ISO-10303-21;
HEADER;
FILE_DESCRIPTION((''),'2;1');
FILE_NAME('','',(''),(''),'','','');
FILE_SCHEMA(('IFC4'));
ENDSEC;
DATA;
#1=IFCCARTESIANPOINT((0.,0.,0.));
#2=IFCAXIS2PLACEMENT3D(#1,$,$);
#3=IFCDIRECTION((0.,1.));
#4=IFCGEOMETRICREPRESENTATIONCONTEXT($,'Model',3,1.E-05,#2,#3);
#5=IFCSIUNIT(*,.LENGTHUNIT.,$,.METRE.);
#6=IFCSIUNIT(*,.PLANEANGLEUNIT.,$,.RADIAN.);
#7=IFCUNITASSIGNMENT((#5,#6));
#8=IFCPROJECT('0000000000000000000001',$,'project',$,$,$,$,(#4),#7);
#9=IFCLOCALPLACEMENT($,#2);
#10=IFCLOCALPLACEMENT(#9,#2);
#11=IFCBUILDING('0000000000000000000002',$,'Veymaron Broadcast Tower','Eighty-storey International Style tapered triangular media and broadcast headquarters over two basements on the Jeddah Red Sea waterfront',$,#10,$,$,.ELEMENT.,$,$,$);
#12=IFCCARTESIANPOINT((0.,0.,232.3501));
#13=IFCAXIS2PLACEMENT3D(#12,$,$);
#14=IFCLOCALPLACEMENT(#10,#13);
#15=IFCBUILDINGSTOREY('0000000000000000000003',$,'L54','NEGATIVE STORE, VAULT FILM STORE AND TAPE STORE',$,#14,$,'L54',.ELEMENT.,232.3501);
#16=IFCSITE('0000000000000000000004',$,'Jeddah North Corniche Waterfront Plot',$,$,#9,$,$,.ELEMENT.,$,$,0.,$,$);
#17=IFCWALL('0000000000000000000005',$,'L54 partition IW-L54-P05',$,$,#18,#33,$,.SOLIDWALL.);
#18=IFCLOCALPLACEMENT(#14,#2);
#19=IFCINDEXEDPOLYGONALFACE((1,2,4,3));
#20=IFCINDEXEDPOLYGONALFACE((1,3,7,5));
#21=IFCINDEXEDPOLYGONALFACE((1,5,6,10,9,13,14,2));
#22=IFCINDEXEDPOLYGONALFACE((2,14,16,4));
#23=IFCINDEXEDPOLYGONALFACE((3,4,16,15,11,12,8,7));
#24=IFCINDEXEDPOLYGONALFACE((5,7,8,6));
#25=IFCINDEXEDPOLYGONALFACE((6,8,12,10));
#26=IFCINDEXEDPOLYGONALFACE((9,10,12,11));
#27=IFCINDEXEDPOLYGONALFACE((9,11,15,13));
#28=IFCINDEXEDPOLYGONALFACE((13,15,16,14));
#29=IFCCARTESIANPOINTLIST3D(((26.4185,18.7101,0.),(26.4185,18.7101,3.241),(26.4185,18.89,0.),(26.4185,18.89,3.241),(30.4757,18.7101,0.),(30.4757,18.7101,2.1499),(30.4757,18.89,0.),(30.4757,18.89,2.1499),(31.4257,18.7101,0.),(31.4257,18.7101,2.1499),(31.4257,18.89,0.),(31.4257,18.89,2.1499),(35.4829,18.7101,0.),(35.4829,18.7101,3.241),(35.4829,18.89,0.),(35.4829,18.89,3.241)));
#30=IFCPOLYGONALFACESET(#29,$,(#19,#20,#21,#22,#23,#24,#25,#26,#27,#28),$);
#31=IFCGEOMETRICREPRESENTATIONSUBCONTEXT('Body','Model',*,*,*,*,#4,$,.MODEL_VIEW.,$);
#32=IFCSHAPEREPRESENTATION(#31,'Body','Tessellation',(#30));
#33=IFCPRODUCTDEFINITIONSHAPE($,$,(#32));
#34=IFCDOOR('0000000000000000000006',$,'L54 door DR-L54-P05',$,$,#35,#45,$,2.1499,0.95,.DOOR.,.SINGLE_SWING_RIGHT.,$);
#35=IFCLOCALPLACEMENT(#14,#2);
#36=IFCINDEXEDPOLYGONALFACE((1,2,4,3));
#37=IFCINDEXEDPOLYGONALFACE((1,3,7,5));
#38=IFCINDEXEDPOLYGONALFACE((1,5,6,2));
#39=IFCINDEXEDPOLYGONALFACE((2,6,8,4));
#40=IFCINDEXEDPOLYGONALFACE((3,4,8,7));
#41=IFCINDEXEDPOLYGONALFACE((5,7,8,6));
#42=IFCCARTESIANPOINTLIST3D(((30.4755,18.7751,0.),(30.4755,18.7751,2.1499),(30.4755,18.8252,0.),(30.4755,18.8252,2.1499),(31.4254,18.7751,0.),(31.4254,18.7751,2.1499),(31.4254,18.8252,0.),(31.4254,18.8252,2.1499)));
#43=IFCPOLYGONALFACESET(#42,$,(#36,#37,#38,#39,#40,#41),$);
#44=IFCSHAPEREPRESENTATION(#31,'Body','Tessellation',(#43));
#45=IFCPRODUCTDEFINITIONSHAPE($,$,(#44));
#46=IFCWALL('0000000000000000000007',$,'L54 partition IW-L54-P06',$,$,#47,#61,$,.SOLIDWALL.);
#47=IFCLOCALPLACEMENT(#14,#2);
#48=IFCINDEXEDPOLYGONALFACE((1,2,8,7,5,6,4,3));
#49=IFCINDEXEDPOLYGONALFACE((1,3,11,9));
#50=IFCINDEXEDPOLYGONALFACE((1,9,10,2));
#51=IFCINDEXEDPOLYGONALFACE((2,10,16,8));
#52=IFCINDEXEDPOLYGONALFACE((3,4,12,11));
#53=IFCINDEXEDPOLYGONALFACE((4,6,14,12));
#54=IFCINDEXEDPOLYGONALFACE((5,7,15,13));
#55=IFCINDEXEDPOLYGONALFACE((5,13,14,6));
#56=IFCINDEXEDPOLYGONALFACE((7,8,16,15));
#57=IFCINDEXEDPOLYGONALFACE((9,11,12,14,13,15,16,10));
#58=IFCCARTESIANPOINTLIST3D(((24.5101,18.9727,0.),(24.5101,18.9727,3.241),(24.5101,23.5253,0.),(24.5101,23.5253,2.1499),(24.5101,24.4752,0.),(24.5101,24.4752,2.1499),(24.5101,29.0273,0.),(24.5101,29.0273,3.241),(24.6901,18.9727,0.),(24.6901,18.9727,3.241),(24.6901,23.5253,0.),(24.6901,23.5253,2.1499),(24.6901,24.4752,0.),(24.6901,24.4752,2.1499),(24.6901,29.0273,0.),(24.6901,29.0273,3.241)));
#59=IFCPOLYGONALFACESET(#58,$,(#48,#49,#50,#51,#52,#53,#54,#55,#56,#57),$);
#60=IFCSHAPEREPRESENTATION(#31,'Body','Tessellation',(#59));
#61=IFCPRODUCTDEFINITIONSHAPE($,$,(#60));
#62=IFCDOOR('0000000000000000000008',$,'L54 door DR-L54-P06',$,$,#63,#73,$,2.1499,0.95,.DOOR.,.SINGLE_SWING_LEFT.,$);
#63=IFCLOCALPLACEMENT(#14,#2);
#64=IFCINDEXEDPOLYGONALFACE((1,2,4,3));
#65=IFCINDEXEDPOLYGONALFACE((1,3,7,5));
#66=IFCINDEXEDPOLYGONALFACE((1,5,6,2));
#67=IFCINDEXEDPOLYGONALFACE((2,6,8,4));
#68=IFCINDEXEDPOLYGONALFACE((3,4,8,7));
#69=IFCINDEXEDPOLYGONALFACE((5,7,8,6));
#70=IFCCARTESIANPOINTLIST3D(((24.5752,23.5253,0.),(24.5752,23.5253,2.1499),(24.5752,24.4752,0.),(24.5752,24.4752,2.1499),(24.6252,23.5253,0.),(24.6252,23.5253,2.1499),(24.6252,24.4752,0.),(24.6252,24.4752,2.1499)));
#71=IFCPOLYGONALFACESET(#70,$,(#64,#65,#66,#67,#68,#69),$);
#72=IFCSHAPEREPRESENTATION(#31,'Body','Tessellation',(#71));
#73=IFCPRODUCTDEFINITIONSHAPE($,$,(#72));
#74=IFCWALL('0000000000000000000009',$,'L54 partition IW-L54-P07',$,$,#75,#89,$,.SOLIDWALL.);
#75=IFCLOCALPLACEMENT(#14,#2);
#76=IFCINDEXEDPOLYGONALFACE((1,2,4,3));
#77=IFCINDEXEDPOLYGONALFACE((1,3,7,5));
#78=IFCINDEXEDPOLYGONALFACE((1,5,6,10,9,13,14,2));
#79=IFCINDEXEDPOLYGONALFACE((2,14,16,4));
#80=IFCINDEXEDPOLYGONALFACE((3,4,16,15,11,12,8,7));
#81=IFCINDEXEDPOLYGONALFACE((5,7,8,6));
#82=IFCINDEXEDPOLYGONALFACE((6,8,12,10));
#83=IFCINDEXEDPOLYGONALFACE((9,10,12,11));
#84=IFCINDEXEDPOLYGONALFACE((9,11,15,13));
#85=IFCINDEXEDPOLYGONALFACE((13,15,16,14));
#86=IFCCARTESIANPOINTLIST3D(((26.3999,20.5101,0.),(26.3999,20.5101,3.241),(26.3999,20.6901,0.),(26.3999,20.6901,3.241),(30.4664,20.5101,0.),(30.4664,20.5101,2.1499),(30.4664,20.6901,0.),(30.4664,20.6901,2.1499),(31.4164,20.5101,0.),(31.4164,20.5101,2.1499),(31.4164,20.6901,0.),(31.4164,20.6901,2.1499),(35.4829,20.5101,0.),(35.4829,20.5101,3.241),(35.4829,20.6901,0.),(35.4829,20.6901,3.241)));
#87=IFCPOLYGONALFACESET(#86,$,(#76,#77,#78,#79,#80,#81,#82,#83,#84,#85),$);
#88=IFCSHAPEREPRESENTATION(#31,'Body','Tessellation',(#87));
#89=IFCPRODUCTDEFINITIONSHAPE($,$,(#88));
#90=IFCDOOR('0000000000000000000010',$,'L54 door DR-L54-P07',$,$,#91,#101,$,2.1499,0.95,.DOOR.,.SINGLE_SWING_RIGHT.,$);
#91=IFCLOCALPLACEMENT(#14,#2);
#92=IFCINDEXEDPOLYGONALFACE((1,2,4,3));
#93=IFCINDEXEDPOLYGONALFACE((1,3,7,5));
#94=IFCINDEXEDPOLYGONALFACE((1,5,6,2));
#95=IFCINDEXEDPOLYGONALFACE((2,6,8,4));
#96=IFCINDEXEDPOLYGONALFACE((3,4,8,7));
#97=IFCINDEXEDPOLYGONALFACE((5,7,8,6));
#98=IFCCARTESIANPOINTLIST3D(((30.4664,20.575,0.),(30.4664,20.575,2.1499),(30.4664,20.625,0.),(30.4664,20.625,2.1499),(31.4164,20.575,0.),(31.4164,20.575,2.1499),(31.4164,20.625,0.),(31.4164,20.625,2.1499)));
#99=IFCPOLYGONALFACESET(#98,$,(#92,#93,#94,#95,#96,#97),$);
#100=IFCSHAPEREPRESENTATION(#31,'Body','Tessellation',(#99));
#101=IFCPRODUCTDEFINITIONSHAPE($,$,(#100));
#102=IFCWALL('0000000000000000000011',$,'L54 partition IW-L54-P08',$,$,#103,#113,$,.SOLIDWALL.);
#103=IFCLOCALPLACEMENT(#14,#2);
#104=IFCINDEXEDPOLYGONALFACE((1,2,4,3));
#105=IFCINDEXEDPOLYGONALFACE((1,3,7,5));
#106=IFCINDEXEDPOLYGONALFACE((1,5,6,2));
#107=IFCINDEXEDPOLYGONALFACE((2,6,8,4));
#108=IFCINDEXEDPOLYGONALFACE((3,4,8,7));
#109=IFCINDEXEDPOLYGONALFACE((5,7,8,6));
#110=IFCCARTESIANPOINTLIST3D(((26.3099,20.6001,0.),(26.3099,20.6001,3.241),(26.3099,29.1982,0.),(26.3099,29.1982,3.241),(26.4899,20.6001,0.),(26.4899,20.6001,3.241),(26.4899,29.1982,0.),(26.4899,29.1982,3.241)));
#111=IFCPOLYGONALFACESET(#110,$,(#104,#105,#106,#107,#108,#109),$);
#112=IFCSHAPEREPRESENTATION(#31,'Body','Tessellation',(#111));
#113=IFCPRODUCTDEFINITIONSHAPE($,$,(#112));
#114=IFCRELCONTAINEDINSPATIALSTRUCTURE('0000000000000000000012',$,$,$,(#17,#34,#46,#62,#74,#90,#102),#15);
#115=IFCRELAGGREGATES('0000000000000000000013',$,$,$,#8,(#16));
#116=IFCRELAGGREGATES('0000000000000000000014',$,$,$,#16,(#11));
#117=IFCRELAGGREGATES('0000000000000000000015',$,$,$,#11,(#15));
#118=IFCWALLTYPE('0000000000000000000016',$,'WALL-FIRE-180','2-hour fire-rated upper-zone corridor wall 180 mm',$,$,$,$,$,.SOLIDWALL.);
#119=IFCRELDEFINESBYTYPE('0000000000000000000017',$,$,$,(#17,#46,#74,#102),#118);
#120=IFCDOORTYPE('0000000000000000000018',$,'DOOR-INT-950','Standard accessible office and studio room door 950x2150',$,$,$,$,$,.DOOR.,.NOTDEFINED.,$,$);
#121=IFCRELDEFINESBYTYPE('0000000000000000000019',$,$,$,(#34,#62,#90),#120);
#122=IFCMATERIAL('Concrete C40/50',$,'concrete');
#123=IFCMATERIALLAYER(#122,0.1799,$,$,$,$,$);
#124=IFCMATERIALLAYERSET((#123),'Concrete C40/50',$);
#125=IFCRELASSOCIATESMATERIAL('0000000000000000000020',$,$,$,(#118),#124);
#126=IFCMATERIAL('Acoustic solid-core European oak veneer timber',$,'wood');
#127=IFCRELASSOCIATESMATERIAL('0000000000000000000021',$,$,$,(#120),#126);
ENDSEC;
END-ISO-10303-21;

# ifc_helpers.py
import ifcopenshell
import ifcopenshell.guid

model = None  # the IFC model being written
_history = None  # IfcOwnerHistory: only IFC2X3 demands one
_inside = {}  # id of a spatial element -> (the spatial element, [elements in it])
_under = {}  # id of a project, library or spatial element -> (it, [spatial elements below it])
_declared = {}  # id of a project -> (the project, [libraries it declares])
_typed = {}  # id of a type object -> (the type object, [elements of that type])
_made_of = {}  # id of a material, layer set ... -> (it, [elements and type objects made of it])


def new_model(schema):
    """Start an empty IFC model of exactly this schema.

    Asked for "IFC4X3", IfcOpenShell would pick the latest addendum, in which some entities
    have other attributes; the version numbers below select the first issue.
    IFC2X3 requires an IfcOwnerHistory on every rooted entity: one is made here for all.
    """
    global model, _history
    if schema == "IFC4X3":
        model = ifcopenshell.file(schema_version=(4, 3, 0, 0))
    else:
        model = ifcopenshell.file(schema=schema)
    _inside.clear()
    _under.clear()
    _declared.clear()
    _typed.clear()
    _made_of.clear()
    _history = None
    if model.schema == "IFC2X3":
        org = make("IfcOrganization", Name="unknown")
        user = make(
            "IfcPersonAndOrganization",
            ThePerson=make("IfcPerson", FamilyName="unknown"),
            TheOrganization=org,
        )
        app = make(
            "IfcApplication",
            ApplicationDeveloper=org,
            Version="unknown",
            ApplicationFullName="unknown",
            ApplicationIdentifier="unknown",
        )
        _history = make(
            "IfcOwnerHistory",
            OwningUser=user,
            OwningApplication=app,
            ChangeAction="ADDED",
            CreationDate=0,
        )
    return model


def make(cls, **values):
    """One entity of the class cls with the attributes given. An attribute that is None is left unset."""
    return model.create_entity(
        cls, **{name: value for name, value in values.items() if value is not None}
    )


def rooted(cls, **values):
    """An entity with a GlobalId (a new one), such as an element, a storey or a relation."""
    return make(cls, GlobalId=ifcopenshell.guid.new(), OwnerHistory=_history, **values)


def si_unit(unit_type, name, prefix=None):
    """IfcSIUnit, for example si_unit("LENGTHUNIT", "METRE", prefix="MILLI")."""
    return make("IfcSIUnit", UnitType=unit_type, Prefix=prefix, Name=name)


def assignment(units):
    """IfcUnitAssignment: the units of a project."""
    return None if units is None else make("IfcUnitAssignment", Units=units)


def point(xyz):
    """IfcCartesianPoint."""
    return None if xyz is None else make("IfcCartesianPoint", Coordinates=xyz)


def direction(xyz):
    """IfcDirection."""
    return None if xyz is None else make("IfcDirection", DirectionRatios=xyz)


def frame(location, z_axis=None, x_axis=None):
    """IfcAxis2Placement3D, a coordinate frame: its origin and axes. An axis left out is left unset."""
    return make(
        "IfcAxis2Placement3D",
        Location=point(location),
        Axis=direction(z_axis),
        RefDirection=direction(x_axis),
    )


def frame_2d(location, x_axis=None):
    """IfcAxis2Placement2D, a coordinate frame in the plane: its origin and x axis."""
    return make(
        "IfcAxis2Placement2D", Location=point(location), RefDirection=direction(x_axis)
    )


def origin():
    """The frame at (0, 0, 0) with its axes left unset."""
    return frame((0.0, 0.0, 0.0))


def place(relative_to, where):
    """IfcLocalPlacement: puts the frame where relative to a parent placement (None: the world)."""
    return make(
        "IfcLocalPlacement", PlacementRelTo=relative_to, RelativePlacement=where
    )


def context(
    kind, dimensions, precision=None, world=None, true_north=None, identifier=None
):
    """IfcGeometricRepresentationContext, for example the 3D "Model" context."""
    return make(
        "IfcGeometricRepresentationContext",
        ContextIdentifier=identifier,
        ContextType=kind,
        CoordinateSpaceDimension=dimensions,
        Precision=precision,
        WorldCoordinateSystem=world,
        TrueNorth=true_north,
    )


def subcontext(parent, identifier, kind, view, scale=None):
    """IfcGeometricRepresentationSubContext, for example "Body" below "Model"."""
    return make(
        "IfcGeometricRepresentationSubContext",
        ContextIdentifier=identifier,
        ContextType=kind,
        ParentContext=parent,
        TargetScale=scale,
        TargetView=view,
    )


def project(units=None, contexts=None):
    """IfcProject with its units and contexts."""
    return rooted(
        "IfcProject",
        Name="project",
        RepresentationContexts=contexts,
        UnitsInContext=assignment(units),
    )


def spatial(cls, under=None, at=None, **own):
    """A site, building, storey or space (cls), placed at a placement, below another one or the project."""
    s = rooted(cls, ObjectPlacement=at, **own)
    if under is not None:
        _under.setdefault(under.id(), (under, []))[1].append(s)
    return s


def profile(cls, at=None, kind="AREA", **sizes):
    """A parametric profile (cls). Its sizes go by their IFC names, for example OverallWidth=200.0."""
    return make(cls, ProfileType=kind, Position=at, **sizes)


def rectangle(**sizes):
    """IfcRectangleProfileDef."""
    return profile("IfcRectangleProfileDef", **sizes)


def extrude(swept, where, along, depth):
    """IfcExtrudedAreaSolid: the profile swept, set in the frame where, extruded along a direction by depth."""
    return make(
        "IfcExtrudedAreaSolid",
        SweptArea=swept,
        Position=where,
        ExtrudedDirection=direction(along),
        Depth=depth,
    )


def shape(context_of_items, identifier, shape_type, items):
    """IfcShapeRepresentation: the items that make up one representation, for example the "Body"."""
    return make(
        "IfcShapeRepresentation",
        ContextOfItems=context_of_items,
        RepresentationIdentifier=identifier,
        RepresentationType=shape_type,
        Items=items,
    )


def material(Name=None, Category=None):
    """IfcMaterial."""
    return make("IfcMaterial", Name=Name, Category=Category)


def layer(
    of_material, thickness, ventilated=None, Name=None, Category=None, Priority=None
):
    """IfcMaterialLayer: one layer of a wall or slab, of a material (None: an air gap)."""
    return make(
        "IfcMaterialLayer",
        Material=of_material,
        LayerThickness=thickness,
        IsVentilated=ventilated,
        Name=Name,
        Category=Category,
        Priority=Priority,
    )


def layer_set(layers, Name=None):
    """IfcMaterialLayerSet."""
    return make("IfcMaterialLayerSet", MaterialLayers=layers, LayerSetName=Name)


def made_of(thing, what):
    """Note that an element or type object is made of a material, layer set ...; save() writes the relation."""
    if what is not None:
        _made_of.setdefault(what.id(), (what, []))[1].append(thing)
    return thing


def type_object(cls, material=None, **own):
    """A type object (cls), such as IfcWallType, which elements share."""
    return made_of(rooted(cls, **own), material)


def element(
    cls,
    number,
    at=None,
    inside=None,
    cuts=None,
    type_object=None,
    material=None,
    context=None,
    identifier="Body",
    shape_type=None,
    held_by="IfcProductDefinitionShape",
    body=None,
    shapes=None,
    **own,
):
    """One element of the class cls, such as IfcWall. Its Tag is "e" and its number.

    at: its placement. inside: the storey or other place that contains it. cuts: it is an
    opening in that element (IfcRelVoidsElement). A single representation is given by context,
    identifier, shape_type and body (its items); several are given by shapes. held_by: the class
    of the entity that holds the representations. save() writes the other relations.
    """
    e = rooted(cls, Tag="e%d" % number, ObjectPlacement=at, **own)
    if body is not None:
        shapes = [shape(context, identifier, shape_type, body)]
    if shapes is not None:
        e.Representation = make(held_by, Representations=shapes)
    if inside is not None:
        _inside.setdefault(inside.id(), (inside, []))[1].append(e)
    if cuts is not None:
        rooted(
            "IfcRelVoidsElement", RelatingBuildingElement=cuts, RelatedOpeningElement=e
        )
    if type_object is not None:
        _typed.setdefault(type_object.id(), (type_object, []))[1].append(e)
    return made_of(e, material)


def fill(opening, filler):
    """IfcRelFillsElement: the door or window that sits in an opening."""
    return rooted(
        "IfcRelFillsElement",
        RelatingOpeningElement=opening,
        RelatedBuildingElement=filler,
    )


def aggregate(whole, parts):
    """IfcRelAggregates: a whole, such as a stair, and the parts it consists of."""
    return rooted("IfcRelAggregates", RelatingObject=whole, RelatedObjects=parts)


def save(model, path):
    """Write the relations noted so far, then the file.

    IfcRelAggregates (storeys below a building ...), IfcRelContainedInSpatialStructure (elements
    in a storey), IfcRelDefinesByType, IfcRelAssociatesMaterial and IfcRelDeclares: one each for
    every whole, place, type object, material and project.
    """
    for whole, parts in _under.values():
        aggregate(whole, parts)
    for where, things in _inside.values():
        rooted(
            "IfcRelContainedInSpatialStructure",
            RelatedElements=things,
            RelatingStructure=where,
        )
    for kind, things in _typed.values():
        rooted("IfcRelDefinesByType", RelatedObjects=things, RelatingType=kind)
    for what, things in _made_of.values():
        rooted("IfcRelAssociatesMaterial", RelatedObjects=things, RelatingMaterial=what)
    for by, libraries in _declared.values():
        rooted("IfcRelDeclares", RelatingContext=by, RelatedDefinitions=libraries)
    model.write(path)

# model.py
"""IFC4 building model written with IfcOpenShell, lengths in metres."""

from ifc_helpers import new_model, si_unit, direction, frame, frame_2d, origin, place, context, subcontext, project, spatial, rectangle, extrude, material, layer, layer_set, type_object, element, fill, save


model = new_model("IFC4")

# Units and contexts
model_context = context("Model", 3, precision=1e-05, world=origin(), true_north=direction((0.0, 1.0)))
body_context = subcontext(model_context, "Body", "Model", "MODEL_VIEW")
ifc_project = project(units=[si_unit("LENGTHUNIT", "METRE"), si_unit("PLANEANGLEUNIT", "RADIAN")], contexts=[model_context])

# Site, building, storey
site_placement = place(None, origin())
site = spatial("IfcSite", under=ifc_project, at=site_placement, Name="Jeddah North Corniche Waterfront Plot", CompositionType="ELEMENT", RefElevation=0.0)
building_placement = place(site_placement, origin())
building = spatial("IfcBuilding", under=site, at=building_placement, Name="Veymaron Broadcast Tower", Description="Eighty-storey International Style tapered triangular media and broadcast headquarters over two basements on the Jeddah Red Sea waterfront", CompositionType="ELEMENT")
storey_placement = place(building_placement, frame((0.0, 0.0, 232.3501)))
storey = spatial("IfcBuildingStorey", under=building, at=storey_placement, Name="L54", Description="NEGATIVE STORE, VAULT FILM STORE AND TAPE STORE", LongName="L54", CompositionType="ELEMENT", Elevation=232.3501)

# Shared definitions
ifc_material_1 = material(Name="Concrete C40/50", Category="concrete")

# Walls, openings, doors
ifc_layer_1 = layer(ifc_material_1, 0.1799)
ifc_layer_set_1 = layer_set([ifc_layer_1], Name="Concrete C40/50")
wall_type_1 = type_object("IfcWallType", Name="WALL-FIRE-180", Description="2-hour fire-rated upper-zone corridor wall 180 mm", PredefinedType="SOLIDWALL", material=ifc_layer_set_1)
wall_1_placement = place(storey_placement, frame((26.4185, 18.8, 0.0), z_axis=(0.0, 0.0, 1.0), x_axis=(1.0, 0.0, 0.0)))
wall_1 = element("IfcWall", 1, at=wall_1_placement, inside=storey, type_object=wall_type_1, Name="L54 partition IW-L54-P05", PredefinedType="SOLIDWALL", context=body_context, shape_type="SweptSolid", body=[
    extrude(rectangle(XDim=9.0645, YDim=0.1799, at=frame_2d((4.5322, 0.0))), origin(), (0.0, 0.0, 1.0), 3.241),
])
opening_1_placement = place(wall_1_placement, frame((4.0571, 0.0, 0.0)))
opening_1 = element("IfcOpeningElement", 2, at=opening_1_placement, cuts=wall_1, PredefinedType="OPENING", context=body_context, shape_type="SweptSolid", body=[
    extrude(rectangle(XDim=0.95, YDim=2.1499, at=frame_2d((0.4751, 1.075))), frame((0.0, 0.1001, 0.0), z_axis=(0.0, -1.0, 0.0), x_axis=(1.0, 0.0, 0.0)), (0.0, 0.0, 1.0), 0.2),
])
ifc_material_2 = material(Name="Acoustic solid-core European oak veneer timber", Category="wood")
door_type = type_object("IfcDoorType", Name="DOOR-INT-950", Description="Standard accessible office and studio room door 950x2150", OperationType="NOTDEFINED", PredefinedType="DOOR", material=ifc_material_2)
door_1_placement = place(opening_1_placement, frame((0.95, 0.0, 0.0), z_axis=(0.0, 0.0, 1.0), x_axis=(-1.0, 0.0, 0.0)))
door_1 = element("IfcDoor", 3, at=door_1_placement, inside=storey, type_object=door_type, Name="L54 door DR-L54-P05", OperationType="SINGLE_SWING_RIGHT", OverallHeight=2.1499, OverallWidth=0.95, PredefinedType="DOOR", context=body_context, shape_type="SweptSolid", body=[
    extrude(rectangle(XDim=0.95, YDim=2.1499, at=frame_2d((0.4751, 1.075))), frame((0.0, 0.0249, 0.0), z_axis=(0.0, -1.0, 0.0), x_axis=(1.0, 0.0, 0.0)), (0.0, 0.0, 1.0), 0.05),
])
fill(opening_1, door_1)
wall_2_placement = place(storey_placement, frame((24.6001, 18.9727, 0.0), z_axis=(0.0, 0.0, 1.0), x_axis=(0.0, 1.0, 0.0)))
wall_2 = element("IfcWall", 4, at=wall_2_placement, inside=storey, type_object=wall_type_1, Name="L54 partition IW-L54-P06", PredefinedType="SOLIDWALL", context=body_context, shape_type="SweptSolid", body=[
    extrude(rectangle(XDim=10.0547, YDim=0.1799, at=frame_2d((5.0273, 0.0))), origin(), (0.0, 0.0, 1.0), 3.241),
])
opening_2_placement = place(wall_2_placement, frame((4.5525, 0.0, 0.0)))
opening_2 = element("IfcOpeningElement", 5, at=opening_2_placement, cuts=wall_2, PredefinedType="OPENING", context=body_context, shape_type="SweptSolid", body=[
    extrude(rectangle(XDim=0.95, YDim=2.1499, at=frame_2d((0.4751, 1.075))), frame((0.0, 0.1001, 0.0), z_axis=(0.0, -1.0, 0.0), x_axis=(1.0, 0.0, 0.0)), (0.0, 0.0, 1.0), 0.2),
])
door_2_placement = place(opening_2_placement, origin())
door_2 = element("IfcDoor", 6, at=door_2_placement, inside=storey, type_object=door_type, Name="L54 door DR-L54-P06", OperationType="SINGLE_SWING_LEFT", OverallHeight=2.1499, OverallWidth=0.95, PredefinedType="DOOR", context=body_context, shape_type="SweptSolid", body=[
    extrude(rectangle(XDim=0.95, YDim=2.1499, at=frame_2d((0.4751, 1.075))), frame((0.0, 0.0249, 0.0), z_axis=(0.0, -1.0, 0.0), x_axis=(1.0, 0.0, 0.0)), (0.0, 0.0, 1.0), 0.05),
])
fill(opening_2, door_2)
wall_3_placement = place(storey_placement, frame((26.3999, 20.6001, 0.0), z_axis=(0.0, 0.0, 1.0), x_axis=(1.0, 0.0, 0.0)))
wall_3 = element("IfcWall", 7, at=wall_3_placement, inside=storey, type_object=wall_type_1, Name="L54 partition IW-L54-P07", PredefinedType="SOLIDWALL", context=body_context, shape_type="SweptSolid", body=[
    extrude(rectangle(XDim=9.083, YDim=0.1799, at=frame_2d((4.5415, 0.0))), origin(), (0.0, 0.0, 1.0), 3.241),
])
opening_3_placement = place(wall_3_placement, frame((4.0664, 0.0, 0.0)))
opening_3 = element("IfcOpeningElement", 8, at=opening_3_placement, cuts=wall_3, PredefinedType="OPENING", context=body_context, shape_type="SweptSolid", body=[
    extrude(rectangle(XDim=0.95, YDim=2.1499, at=frame_2d((0.4751, 1.075))), frame((0.0, 0.1001, 0.0), z_axis=(0.0, -1.0, 0.0), x_axis=(1.0, 0.0, 0.0)), (0.0, 0.0, 1.0), 0.2),
])
door_3_placement = place(opening_3_placement, origin())
door_3 = element("IfcDoor", 9, at=door_3_placement, inside=storey, type_object=door_type, Name="L54 door DR-L54-P07", OperationType="SINGLE_SWING_RIGHT", OverallHeight=2.1499, OverallWidth=0.95, PredefinedType="DOOR", context=body_context, shape_type="SweptSolid", body=[
    extrude(rectangle(XDim=0.95, YDim=2.1499, at=frame_2d((0.4751, 1.075))), frame((0.0, 0.0249, 0.0), z_axis=(0.0, -1.0, 0.0), x_axis=(1.0, 0.0, 0.0)), (0.0, 0.0, 1.0), 0.05),
])
fill(opening_3, door_3)

# Wall
wall_4_placement = place(storey_placement, frame((26.3999, 20.6001, 0.0), z_axis=(0.0, 0.0, 1.0), x_axis=(0.0, 1.0, 0.0)))
element("IfcWall", 10, at=wall_4_placement, inside=storey, type_object=wall_type_1, Name="L54 partition IW-L54-P08", PredefinedType="SOLIDWALL", context=body_context, shape_type="SweptSolid", body=[
    extrude(rectangle(XDim=8.5981, YDim=0.1799, at=frame_2d((4.2991, 0.0))), origin(), (0.0, 0.0, 1.0), 3.241),
])

save(model, "model.ifc")
